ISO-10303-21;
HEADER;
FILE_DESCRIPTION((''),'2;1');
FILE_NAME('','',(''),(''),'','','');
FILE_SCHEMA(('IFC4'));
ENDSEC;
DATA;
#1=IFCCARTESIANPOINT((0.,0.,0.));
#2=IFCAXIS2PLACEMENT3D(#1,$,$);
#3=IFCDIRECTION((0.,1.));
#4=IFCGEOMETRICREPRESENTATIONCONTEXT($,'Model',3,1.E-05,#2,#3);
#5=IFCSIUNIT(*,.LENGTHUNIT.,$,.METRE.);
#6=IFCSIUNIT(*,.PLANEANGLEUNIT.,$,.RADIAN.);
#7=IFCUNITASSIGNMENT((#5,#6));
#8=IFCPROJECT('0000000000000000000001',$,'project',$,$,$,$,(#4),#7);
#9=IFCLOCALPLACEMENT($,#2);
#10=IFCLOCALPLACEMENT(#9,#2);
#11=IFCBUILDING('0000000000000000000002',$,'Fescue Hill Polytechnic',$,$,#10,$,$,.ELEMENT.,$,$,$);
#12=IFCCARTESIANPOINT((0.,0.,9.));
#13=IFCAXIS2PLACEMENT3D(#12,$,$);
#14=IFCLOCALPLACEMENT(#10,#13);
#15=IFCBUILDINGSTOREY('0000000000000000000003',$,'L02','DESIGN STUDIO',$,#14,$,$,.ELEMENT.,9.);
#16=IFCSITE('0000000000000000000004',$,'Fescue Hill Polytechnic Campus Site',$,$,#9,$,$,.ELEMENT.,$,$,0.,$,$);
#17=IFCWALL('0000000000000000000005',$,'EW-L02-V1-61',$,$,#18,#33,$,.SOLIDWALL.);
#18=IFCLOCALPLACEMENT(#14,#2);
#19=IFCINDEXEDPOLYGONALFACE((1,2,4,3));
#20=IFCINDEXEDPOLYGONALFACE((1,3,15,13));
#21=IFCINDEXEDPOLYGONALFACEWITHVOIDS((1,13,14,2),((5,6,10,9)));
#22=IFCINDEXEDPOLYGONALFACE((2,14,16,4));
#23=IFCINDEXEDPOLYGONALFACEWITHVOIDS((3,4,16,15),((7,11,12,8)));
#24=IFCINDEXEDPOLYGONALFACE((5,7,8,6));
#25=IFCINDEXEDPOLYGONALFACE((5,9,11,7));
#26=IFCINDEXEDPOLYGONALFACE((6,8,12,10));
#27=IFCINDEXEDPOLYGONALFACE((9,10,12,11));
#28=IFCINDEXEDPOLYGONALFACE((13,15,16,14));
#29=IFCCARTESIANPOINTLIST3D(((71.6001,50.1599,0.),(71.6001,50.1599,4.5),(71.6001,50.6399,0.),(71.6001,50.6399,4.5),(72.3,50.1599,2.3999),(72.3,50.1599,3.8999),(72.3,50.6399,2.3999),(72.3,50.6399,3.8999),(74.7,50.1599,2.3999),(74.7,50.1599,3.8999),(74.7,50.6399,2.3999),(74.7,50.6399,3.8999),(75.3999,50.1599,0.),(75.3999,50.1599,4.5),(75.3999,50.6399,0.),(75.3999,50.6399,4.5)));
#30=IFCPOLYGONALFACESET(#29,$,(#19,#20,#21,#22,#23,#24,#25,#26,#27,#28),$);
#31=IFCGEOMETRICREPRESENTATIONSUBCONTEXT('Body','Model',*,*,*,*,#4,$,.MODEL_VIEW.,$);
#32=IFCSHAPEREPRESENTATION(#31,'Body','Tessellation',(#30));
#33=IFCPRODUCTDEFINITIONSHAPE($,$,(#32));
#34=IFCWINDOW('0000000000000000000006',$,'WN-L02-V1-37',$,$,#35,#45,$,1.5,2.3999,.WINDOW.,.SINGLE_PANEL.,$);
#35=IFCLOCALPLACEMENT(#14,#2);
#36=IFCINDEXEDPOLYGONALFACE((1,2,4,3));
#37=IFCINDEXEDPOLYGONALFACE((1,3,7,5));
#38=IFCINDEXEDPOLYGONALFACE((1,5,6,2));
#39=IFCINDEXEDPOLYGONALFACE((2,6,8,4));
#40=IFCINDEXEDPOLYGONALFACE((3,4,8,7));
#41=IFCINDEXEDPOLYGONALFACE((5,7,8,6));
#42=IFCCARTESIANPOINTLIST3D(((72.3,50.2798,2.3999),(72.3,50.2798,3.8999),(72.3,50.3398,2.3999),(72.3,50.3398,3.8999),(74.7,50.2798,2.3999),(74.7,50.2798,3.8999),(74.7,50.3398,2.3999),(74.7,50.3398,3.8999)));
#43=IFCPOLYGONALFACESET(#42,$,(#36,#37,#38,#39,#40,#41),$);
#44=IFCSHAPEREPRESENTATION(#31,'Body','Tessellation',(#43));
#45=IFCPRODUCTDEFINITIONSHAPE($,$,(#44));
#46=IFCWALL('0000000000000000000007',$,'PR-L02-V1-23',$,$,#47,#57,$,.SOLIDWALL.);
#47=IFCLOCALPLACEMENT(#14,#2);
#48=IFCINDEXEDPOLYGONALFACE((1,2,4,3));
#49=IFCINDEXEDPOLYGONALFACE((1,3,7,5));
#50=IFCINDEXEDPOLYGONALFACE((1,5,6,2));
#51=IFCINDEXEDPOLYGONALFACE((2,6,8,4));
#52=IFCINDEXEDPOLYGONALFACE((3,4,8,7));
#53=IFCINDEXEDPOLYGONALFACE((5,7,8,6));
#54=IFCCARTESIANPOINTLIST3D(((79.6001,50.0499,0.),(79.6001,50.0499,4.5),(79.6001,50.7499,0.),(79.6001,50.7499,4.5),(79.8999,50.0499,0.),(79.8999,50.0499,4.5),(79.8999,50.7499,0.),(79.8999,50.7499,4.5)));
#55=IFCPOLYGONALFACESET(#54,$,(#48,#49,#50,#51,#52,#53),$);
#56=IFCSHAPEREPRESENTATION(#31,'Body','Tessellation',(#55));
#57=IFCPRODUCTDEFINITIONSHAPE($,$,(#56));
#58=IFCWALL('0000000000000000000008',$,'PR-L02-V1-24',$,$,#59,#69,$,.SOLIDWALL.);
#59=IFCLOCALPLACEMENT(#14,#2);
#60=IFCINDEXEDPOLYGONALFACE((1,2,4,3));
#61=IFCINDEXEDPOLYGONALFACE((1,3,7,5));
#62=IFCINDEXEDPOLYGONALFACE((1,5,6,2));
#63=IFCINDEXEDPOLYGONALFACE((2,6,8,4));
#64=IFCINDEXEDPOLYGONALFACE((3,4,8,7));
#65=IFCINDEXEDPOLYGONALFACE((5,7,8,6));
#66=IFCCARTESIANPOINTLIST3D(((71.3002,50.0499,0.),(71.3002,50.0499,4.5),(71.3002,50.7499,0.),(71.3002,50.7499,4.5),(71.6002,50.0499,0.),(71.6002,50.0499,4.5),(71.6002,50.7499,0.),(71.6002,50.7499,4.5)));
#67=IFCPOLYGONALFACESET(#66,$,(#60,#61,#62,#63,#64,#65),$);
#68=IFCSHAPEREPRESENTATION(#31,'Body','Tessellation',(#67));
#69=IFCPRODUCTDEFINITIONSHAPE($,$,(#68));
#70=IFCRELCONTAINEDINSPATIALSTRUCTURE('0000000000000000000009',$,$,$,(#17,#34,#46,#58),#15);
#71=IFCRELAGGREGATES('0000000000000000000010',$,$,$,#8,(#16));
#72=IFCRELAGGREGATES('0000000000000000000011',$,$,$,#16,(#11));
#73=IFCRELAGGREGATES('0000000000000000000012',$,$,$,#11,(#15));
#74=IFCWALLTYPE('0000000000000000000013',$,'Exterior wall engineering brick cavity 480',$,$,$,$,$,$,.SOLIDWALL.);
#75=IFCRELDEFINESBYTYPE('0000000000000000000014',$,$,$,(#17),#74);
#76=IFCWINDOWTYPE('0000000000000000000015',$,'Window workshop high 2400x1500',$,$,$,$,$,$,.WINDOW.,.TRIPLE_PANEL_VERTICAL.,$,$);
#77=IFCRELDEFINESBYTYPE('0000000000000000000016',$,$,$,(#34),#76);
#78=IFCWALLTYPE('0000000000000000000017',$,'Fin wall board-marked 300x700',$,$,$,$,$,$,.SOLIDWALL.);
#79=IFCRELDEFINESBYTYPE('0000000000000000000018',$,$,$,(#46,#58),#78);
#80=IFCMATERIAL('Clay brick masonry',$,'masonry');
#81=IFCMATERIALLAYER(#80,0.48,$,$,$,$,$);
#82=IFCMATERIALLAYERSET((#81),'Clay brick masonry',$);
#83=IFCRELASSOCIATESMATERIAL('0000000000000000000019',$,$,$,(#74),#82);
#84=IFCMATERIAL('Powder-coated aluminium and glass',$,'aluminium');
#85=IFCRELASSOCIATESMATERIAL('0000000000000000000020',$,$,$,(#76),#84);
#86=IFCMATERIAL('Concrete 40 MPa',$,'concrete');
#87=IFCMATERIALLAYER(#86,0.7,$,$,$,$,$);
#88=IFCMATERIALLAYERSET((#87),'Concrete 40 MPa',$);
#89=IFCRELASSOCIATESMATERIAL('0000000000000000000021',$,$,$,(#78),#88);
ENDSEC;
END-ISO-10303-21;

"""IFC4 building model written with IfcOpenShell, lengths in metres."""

from ifc_helpers import new_model, si_unit, direction, frame, frame_2d, origin, place, context, subcontext, project, spatial, rectangle, extrude, material, layer, layer_set, type_object, element, fill, save


model = new_model("IFC4")

# Units and contexts
model_context = context("Model", 3, precision=1e-05, world=origin(), true_north=direction((0.0, 1.0)))
body_context = subcontext(model_context, "Body", "Model", "MODEL_VIEW")
ifc_project = project(units=[si_unit("LENGTHUNIT", "METRE"), si_unit("PLANEANGLEUNIT", "RADIAN")], contexts=[model_context])

# Site, building, storey
site_placement = place(None, origin())
site = spatial("IfcSite", under=ifc_project, at=site_placement, Name="Fescue Hill Polytechnic Campus Site", CompositionType="ELEMENT", RefElevation=0.0)
building_placement = place(site_placement, origin())
building = spatial("IfcBuilding", under=site, at=building_placement, Name="Fescue Hill Polytechnic", CompositionType="ELEMENT")
storey_placement = place(building_placement, frame((0.0, 0.0, 9.0)))
storey = spatial("IfcBuildingStorey", under=building, at=storey_placement, Name="L02", Description="DESIGN STUDIO", CompositionType="ELEMENT", Elevation=9.0)

# Shared definitions
ifc_material_1 = material(Name="Concrete 40 MPa", Category="concrete")

# Wall, opening, window
ifc_material_2 = material(Name="Clay brick masonry", Category="masonry")
ifc_layer_1 = layer(ifc_material_2, 0.48)
ifc_layer_set_1 = layer_set([ifc_layer_1], Name="Clay brick masonry")
wall_type_1 = type_object("IfcWallType", Name="Exterior wall engineering brick cavity 480", PredefinedType="SOLIDWALL", material=ifc_layer_set_1)
ifc_material_3 = material(Name="Powder-coated aluminium and glass", Category="aluminium")
window_type = type_object("IfcWindowType", Name="Window workshop high 2400x1500", PartitioningType="TRIPLE_PANEL_VERTICAL", PredefinedType="WINDOW", material=ifc_material_3)
wall_1_placement = place(storey_placement, frame((75.3999, 50.3999, 0.0), z_axis=(0.0, 0.0, 1.0), x_axis=(-1.0, 0.0, 0.0)))
wall_1 = element("IfcWall", 1, at=wall_1_placement, inside=storey, type_object=wall_type_1, Name="EW-L02-V1-61", PredefinedType="SOLIDWALL", context=body_context, shape_type="SweptSolid", body=[
    extrude(rectangle(XDim=3.7998, YDim=0.48, at=frame_2d((1.8999, 0.0))), origin(), (0.0, 0.0, 1.0), 4.5),
])
opening_1_placement = place(wall_1_placement, frame((0.7, 0.0, 2.3999)))
opening_1 = element("IfcOpeningElement", 2, at=opening_1_placement, cuts=wall_1, PredefinedType="OPENING", context=body_context, shape_type="SweptSolid", body=[
    extrude(rectangle(XDim=2.3999, YDim=1.5, at=frame_2d((1.2, 0.75))), frame((0.0, 0.25, 0.0), z_axis=(0.0, -1.0, 0.0), x_axis=(1.0, 0.0, 0.0)), (0.0, 0.0, 1.0), 0.5),
])
window_1_placement = place(opening_1_placement, origin())
window_1 = element("IfcWindow", 3, at=window_1_placement, inside=storey, type_object=window_type, Name="WN-L02-V1-37", OverallHeight=1.5, OverallWidth=2.3999, PartitioningType="SINGLE_PANEL", PredefinedType="WINDOW", context=body_context, shape_type="SweptSolid", body=[
    extrude(rectangle(XDim=2.3999, YDim=1.5, at=frame_2d((1.2, 0.75))), frame((0.0, 0.1201, 0.0), z_axis=(0.0, -1.0, 0.0), x_axis=(1.0, 0.0, 0.0)), (0.0, 0.0, 1.0), 0.0601),
])
fill(opening_1, window_1)

# Walls
ifc_layer_2 = layer(ifc_material_1, 0.7)
ifc_layer_set_2 = layer_set([ifc_layer_2], Name="Concrete 40 MPa")
wall_type_2 = type_object("IfcWallType", Name="Fin wall board-marked 300x700", PredefinedType="SOLIDWALL", material=ifc_layer_set_2)
wall_2_placement = place(storey_placement, frame((79.8999, 50.3999, 0.0), z_axis=(0.0, 0.0, 1.0), x_axis=(-1.0, 0.0, 0.0)))
element("IfcWall", 4, at=wall_2_placement, inside=storey, type_object=wall_type_2, Name="PR-L02-V1-23", PredefinedType="SOLIDWALL", context=body_context, shape_type="SweptSolid", body=[
    extrude(rectangle(XDim=0.2998, YDim=0.7, at=frame_2d((0.1499, 0.0))), origin(), (0.0, 0.0, 1.0), 4.5),
])
wall_3_placement = place(storey_placement, frame((71.6001, 50.3999, 0.0), z_axis=(0.0, 0.0, 1.0), x_axis=(-1.0, 0.0, 0.0)))
element("IfcWall", 5, at=wall_3_placement, inside=storey, type_object=wall_type_2, Name="PR-L02-V1-24", PredefinedType="SOLIDWALL", context=body_context, shape_type="SweptSolid", body=[
    extrude(rectangle(XDim=0.3, YDim=0.7, at=frame_2d((0.1499, 0.0))), origin(), (0.0, 0.0, 1.0), 4.5),
])

save(model, "model.ifc")
